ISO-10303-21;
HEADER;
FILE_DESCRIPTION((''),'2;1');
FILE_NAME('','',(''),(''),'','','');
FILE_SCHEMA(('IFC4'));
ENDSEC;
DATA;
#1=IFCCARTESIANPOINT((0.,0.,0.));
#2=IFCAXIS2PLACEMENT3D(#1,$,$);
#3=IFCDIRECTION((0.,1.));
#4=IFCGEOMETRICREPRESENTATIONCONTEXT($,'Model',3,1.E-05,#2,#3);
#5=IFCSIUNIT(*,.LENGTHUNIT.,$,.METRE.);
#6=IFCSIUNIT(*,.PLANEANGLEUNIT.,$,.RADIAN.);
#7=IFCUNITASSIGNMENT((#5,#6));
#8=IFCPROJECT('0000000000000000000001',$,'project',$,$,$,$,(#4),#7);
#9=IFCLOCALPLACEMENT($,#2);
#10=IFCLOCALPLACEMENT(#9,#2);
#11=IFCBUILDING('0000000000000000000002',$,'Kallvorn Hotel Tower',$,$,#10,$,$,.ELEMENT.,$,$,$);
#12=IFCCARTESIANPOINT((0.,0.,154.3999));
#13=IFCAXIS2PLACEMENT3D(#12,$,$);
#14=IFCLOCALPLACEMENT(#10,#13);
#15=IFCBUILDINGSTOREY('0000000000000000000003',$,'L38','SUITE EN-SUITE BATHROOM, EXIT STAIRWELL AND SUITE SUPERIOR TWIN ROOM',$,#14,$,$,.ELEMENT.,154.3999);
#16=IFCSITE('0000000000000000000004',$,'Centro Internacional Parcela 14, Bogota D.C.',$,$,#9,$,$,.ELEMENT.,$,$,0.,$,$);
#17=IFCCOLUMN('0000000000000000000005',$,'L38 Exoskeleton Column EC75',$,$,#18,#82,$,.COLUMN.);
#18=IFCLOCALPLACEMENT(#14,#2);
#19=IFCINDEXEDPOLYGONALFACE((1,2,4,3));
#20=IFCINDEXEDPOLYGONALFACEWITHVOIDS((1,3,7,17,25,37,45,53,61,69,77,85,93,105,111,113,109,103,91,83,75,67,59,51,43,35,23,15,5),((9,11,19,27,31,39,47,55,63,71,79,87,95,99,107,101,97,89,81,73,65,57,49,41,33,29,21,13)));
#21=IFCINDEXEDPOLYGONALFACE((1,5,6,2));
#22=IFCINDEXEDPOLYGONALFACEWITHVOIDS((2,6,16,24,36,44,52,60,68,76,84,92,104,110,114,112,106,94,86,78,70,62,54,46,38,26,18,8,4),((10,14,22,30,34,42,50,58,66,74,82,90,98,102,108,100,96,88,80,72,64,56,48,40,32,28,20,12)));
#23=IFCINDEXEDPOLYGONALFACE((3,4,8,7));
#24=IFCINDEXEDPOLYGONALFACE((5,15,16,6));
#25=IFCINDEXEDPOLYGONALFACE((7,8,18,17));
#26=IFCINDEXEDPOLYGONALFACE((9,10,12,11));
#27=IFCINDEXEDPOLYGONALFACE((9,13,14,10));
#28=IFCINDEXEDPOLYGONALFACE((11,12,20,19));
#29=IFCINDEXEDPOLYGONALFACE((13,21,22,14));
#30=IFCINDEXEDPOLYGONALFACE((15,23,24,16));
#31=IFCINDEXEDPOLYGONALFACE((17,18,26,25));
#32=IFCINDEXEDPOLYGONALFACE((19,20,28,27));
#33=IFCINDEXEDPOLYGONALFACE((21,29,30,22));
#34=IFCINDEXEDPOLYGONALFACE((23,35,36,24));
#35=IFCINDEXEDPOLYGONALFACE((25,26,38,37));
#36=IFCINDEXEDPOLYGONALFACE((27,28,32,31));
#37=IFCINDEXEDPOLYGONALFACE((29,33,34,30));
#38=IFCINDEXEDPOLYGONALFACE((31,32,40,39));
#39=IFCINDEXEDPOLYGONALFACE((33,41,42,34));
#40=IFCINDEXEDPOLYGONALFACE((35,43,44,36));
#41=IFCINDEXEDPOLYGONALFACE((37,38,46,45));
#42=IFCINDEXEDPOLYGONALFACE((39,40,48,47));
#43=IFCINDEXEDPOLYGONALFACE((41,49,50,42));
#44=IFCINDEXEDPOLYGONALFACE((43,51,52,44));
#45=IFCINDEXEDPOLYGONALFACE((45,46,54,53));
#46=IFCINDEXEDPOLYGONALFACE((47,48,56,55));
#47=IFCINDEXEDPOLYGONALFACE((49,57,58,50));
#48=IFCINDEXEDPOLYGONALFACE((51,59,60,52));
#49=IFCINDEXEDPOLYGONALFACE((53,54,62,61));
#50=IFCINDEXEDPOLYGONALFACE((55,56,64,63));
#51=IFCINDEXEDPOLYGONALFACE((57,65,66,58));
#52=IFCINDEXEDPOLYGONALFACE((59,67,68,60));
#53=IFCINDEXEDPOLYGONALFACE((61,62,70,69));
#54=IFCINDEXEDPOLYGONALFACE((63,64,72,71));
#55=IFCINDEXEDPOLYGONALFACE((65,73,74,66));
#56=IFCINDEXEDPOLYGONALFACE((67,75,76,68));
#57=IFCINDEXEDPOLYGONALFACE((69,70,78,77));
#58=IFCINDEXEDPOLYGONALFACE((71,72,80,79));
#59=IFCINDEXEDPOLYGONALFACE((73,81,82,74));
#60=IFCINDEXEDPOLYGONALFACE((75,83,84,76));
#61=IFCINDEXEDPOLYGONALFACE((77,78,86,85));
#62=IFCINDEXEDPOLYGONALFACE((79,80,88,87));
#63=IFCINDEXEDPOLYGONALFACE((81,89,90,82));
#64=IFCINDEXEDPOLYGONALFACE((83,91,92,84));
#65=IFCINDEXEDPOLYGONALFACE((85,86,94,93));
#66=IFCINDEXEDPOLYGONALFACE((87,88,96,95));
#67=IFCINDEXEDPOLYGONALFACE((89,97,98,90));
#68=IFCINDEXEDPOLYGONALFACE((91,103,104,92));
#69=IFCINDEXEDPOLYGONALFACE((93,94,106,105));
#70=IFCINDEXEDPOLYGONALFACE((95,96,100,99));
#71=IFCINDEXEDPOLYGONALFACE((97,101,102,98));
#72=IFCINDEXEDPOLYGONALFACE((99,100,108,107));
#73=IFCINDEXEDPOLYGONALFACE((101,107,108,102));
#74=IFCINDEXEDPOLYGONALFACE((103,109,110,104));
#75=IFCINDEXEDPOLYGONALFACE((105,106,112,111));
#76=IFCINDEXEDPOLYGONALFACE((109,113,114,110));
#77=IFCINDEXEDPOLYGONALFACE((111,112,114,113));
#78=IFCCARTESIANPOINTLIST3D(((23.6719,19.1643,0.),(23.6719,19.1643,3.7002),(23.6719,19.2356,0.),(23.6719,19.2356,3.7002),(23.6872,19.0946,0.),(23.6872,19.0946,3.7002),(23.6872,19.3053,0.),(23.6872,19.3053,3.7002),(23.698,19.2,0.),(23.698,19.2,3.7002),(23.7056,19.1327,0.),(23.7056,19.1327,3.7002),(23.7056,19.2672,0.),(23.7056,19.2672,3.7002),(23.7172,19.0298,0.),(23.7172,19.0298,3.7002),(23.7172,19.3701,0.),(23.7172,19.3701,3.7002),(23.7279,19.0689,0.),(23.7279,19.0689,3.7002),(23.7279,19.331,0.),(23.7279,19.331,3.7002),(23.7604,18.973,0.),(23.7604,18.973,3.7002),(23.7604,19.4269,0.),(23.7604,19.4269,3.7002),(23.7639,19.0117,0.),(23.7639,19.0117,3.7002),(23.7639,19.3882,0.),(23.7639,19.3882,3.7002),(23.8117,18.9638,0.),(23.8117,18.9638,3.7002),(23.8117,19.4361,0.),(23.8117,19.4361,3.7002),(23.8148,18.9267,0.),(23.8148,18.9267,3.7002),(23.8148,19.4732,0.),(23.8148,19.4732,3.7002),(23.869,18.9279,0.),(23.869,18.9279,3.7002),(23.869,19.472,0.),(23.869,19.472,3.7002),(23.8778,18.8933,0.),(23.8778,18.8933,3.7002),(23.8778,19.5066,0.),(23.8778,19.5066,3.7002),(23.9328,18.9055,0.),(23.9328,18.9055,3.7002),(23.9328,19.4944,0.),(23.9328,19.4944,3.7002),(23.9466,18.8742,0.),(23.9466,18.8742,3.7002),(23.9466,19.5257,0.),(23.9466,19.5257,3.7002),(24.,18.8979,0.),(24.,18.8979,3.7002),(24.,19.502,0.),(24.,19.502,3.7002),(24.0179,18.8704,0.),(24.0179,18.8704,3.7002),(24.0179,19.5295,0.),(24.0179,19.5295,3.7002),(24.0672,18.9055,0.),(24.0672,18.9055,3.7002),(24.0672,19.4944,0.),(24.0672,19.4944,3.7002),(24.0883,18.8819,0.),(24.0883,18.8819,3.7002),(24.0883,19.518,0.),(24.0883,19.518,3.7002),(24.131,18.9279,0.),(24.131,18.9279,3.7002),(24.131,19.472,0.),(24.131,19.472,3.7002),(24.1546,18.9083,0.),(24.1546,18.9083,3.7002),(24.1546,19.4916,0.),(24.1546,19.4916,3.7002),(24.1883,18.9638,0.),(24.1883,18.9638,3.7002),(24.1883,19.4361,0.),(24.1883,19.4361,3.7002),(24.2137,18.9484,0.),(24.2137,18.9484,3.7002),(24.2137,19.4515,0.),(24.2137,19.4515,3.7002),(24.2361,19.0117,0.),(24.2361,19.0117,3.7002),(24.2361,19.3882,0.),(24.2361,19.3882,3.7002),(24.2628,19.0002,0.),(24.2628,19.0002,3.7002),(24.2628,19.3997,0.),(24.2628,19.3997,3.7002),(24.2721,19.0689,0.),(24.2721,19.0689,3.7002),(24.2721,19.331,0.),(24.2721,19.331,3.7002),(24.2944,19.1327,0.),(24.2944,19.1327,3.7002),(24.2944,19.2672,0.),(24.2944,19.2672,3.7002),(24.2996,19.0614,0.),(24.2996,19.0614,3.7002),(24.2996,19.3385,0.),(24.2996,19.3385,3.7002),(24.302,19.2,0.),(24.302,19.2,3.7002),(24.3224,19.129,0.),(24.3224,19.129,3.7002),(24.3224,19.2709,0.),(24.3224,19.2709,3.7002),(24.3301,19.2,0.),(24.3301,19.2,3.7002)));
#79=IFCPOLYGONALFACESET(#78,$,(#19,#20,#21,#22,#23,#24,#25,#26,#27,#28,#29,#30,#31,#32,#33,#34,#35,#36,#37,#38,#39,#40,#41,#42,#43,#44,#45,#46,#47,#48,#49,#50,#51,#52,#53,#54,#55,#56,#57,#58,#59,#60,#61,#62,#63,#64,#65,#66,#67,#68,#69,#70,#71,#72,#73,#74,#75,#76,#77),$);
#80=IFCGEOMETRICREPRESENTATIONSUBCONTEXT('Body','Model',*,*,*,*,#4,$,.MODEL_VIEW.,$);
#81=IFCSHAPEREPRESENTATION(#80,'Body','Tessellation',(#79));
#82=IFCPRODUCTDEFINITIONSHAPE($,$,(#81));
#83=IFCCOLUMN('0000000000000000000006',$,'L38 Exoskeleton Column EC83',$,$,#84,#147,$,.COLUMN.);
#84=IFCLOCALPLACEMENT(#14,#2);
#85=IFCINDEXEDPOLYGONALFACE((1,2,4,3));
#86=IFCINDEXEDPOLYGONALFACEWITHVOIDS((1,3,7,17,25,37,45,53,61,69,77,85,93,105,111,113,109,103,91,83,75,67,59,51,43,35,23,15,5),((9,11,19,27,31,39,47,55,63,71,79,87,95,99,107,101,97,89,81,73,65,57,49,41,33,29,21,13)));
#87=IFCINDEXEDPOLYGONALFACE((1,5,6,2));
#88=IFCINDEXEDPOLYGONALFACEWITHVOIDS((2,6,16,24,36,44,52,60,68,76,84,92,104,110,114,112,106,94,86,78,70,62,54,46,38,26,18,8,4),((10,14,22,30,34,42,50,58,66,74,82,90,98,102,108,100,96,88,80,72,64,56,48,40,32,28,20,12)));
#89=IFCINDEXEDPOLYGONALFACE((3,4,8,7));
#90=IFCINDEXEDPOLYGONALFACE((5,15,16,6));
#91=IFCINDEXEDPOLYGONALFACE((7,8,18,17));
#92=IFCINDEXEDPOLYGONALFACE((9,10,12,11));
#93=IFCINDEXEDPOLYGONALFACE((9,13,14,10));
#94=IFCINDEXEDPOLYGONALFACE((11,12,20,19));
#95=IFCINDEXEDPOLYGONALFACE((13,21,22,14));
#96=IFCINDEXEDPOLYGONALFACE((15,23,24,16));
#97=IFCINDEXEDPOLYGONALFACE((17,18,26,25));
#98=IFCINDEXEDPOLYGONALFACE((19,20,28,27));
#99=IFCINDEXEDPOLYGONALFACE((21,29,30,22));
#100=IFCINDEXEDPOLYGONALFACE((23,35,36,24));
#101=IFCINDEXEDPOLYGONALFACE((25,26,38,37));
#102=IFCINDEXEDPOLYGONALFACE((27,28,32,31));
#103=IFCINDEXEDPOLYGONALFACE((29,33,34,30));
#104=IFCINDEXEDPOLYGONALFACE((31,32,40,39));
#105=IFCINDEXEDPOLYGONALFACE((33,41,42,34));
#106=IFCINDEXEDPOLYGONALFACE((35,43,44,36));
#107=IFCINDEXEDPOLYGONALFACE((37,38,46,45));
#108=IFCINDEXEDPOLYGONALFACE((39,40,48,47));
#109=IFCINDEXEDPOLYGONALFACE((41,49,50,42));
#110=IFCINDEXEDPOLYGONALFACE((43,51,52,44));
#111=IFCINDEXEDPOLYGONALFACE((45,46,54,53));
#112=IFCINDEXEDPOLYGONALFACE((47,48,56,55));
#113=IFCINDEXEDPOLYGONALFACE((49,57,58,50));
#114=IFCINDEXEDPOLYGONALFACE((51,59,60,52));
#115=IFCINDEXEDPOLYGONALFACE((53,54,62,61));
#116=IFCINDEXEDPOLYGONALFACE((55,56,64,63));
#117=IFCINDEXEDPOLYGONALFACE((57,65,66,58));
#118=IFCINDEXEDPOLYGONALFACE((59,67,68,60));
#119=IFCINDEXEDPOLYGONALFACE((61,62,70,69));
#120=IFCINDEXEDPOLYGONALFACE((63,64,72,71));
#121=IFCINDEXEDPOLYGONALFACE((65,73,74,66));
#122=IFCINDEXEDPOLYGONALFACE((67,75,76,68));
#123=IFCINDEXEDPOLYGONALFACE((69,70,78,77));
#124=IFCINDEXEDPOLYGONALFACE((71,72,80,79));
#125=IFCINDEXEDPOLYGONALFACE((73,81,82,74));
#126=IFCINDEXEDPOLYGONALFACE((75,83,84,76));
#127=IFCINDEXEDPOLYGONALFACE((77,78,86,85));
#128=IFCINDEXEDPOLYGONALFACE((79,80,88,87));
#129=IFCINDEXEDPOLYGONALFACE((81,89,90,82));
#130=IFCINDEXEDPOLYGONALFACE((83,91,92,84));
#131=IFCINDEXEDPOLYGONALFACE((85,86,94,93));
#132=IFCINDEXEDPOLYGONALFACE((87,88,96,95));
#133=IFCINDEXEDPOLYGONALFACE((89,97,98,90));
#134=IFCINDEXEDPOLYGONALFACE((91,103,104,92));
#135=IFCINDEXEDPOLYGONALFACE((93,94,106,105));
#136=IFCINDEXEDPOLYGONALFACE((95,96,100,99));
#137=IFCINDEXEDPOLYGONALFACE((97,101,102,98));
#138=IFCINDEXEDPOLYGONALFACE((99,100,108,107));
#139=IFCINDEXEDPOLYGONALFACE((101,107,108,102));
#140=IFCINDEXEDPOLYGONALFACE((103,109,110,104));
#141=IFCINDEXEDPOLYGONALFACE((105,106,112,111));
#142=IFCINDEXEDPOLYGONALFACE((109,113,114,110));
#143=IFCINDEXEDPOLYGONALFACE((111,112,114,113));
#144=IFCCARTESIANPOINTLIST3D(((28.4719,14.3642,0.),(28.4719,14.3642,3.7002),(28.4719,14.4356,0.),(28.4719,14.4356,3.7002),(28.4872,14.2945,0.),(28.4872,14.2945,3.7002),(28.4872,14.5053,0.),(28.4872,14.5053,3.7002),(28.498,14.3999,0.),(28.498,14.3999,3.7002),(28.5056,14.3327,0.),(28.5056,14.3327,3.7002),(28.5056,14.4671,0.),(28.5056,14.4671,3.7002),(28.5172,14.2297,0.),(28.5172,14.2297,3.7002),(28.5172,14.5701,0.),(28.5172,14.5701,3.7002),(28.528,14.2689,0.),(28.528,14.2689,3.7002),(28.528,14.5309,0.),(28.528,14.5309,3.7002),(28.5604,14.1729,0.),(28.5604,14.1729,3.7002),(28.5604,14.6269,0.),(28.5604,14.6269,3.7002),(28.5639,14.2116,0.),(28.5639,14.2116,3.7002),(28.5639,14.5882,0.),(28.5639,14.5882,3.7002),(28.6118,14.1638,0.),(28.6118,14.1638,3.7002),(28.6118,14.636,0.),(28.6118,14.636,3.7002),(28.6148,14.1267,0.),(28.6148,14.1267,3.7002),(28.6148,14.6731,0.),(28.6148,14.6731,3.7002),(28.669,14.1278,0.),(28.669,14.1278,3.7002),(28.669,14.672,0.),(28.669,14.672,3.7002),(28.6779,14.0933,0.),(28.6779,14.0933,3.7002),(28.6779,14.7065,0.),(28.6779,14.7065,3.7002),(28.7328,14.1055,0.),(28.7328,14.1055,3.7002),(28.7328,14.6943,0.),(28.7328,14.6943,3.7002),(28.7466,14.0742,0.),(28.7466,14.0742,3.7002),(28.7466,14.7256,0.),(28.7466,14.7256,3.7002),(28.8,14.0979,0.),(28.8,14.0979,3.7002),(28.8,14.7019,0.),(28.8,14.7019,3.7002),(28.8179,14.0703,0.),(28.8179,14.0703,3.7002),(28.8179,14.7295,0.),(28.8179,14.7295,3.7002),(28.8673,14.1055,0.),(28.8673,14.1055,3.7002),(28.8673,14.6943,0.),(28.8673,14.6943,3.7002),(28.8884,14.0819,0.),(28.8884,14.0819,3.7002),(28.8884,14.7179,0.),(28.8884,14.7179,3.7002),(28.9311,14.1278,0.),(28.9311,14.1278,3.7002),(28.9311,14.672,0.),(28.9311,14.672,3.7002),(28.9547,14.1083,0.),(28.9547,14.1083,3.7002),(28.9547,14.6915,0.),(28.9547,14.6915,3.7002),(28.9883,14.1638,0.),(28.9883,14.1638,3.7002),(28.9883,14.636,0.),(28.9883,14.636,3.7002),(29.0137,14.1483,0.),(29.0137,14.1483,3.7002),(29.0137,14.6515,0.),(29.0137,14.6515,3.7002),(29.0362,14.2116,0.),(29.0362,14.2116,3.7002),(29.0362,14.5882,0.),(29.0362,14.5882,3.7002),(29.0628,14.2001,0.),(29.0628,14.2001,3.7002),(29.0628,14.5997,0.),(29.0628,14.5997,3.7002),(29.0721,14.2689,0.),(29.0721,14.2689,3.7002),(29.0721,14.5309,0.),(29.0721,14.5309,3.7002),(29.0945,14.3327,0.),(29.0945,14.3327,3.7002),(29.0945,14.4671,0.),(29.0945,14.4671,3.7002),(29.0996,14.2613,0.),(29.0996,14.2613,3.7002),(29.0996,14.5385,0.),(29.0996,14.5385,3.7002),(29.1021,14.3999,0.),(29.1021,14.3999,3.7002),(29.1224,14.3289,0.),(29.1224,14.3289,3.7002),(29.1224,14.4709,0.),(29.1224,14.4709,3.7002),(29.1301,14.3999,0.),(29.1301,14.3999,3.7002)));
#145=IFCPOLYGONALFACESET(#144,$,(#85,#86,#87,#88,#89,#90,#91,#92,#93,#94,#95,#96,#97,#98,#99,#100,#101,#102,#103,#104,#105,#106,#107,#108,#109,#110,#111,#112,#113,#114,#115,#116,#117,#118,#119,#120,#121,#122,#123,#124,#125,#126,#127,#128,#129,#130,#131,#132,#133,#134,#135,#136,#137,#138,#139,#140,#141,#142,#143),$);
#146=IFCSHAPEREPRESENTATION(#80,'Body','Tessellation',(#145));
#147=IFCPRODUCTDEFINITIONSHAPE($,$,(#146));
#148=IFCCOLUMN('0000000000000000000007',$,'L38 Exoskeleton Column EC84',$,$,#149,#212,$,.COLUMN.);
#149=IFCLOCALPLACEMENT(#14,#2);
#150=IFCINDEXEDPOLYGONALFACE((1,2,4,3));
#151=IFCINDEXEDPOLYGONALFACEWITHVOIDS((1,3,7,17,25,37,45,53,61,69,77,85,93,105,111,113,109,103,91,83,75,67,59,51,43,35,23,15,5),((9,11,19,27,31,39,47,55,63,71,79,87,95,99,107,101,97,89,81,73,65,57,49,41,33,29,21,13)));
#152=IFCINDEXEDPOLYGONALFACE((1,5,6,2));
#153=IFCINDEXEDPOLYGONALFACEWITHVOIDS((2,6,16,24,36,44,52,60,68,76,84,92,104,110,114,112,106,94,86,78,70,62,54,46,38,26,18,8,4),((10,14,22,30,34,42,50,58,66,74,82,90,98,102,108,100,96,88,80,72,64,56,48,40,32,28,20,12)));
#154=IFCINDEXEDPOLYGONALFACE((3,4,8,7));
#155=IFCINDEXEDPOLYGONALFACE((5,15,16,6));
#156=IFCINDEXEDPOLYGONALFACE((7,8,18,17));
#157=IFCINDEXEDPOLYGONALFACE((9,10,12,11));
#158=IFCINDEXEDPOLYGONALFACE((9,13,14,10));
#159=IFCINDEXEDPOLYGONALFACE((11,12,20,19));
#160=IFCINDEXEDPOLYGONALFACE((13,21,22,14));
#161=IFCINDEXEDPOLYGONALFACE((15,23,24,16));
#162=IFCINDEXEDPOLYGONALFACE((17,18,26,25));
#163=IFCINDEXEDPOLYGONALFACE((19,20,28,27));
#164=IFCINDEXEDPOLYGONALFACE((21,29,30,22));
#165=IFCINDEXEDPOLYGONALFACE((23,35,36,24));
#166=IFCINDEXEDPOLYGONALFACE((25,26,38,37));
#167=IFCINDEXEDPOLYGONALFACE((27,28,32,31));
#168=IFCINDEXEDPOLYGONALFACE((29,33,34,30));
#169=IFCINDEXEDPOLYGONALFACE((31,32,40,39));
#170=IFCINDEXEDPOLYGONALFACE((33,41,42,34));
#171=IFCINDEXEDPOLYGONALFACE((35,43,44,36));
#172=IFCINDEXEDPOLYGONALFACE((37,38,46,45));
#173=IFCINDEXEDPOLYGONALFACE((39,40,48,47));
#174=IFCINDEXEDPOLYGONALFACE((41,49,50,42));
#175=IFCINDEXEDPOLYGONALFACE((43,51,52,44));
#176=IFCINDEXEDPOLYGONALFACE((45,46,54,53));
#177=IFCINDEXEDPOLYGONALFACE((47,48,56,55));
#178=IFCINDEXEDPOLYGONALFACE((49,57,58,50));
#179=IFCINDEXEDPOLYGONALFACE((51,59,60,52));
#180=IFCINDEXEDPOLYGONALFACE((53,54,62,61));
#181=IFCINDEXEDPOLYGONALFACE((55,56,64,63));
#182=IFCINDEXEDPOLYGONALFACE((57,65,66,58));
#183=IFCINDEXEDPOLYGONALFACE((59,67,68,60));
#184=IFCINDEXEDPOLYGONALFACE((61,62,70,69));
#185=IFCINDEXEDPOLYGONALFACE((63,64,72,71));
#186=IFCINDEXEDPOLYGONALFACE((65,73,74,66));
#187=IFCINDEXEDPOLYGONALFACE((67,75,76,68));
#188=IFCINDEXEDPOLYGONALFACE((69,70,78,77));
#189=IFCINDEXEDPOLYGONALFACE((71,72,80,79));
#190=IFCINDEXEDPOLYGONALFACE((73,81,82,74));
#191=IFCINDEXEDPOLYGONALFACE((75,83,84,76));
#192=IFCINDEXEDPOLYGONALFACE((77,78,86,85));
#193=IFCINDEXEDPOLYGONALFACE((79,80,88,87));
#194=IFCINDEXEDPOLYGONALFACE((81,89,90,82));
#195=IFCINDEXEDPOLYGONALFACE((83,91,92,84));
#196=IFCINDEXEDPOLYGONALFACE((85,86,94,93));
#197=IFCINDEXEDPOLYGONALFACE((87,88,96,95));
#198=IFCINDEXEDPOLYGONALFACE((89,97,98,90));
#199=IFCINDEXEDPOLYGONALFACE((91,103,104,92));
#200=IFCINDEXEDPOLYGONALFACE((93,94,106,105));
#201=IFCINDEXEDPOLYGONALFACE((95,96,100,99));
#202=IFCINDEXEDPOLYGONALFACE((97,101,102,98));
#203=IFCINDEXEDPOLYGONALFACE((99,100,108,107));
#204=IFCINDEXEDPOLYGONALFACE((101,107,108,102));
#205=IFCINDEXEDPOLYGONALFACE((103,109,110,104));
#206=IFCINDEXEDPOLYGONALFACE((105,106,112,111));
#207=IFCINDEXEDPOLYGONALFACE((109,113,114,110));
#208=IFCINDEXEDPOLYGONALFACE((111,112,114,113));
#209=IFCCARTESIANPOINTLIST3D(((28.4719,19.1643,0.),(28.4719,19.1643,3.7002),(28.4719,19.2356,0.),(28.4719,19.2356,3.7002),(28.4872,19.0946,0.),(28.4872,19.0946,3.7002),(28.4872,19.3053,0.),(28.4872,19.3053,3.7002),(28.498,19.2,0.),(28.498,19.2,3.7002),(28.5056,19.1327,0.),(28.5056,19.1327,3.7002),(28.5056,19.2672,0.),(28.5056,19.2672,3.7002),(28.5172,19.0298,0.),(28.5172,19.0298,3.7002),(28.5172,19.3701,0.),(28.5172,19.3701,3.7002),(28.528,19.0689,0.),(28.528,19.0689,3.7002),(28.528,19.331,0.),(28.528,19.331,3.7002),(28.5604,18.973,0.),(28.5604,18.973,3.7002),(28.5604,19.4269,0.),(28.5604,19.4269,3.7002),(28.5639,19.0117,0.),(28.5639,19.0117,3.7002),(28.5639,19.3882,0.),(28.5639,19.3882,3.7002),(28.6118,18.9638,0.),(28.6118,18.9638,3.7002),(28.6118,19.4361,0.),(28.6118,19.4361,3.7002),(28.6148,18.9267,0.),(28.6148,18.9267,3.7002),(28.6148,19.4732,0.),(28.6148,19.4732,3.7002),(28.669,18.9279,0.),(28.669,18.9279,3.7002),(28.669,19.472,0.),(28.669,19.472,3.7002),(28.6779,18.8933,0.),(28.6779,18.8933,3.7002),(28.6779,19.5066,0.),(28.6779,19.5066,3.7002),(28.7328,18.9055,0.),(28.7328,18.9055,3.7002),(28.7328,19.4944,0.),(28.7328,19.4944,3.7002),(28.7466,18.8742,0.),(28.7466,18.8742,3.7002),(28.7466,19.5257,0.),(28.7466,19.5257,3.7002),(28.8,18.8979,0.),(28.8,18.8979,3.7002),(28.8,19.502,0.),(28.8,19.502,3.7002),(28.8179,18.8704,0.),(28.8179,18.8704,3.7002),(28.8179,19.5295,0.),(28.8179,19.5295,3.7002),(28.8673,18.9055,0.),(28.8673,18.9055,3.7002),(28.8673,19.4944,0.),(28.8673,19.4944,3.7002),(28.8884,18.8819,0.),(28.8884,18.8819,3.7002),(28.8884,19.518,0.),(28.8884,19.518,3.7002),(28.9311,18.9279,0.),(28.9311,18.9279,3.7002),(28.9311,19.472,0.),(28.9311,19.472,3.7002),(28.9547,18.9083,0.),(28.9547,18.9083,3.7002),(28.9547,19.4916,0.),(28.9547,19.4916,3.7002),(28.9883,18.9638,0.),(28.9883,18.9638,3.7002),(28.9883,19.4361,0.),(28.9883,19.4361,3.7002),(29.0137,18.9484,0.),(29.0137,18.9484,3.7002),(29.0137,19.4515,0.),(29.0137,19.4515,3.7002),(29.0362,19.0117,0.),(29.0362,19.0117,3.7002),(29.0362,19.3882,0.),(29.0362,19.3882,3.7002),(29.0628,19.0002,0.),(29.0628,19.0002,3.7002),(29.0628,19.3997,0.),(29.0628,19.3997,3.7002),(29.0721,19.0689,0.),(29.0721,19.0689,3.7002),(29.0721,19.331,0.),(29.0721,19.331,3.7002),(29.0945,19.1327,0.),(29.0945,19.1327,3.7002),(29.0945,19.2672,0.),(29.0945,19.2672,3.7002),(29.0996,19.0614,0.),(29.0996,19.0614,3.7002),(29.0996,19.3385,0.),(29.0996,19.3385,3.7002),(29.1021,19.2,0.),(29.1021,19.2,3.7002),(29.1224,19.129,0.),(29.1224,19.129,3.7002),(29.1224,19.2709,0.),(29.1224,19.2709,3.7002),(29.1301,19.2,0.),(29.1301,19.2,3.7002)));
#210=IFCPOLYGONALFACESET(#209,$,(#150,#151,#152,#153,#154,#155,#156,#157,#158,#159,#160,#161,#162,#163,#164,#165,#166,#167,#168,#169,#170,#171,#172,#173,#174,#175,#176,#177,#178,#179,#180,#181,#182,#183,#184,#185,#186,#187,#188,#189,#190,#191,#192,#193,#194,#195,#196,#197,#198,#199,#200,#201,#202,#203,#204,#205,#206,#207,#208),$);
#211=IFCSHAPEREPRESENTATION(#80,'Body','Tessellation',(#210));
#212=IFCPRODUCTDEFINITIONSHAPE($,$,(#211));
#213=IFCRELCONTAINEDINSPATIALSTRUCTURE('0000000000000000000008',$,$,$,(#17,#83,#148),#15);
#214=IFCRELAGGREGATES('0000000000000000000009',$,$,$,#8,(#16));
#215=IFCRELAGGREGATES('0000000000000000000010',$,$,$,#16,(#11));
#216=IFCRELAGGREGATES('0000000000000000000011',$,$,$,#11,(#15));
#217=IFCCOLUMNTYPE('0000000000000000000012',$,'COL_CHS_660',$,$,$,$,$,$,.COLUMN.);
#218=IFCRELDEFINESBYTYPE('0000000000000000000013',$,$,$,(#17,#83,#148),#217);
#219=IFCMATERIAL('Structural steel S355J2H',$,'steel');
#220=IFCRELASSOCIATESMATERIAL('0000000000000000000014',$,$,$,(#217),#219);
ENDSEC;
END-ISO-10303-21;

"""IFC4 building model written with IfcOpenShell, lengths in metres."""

from ifc_helpers import new_model, si_unit, direction, frame, origin, origin_2d, place, context, subcontext, project, spatial, hollow_circle, extrude, material, material_profile, profile_set, type_object, element, save


model = new_model("IFC4")

# Units and contexts
model_context = context("Model", 3, precision=1e-05, world=origin(), true_north=direction((0.0, 1.0)))
body_context = subcontext(model_context, "Body", "Model", "MODEL_VIEW")
ifc_project = project(units=[si_unit("LENGTHUNIT", "METRE"), si_unit("PLANEANGLEUNIT", "RADIAN")], contexts=[model_context])

# Site, building, storey
site_placement = place(None, origin())
site = spatial("IfcSite", under=ifc_project, at=site_placement, Name="Centro Internacional Parcela 14, Bogota D.C.", CompositionType="ELEMENT", RefElevation=0.0)
building_placement = place(site_placement, origin())
building = spatial("IfcBuilding", under=site, at=building_placement, Name="Kallvorn Hotel Tower", CompositionType="ELEMENT")
storey_placement = place(building_placement, frame((0.0, 0.0, 154.3999)))
storey = spatial("IfcBuildingStorey", under=building, at=storey_placement, Name="L38", Description="SUITE EN-SUITE BATHROOM, EXIT STAIRWELL AND SUITE SUPERIOR TWIN ROOM", CompositionType="ELEMENT", Elevation=154.3999)

# Columns
ifc_material_1 = material(Name="Structural steel S355J2H", Category="steel")
ifc_material_profile_1 = material_profile(ifc_material_1, hollow_circle(Radius=0.3301, WallThickness=0.0281, at=origin_2d()), Name="CHS 660x28")
ifc_profile_set_1 = profile_set([ifc_material_profile_1], Name="Structural steel S355J2H")
column_type_1 = type_object("IfcColumnType", Name="COL_CHS_660", PredefinedType="COLUMN", material=ifc_profile_set_1)
for number, where, z_axis, x_axis, name in (
    (1, (24.0, 19.2, 0.0), (0.0, 0.0, 1.0), (1.0, 0.0, 0.0), "L38 Exoskeleton Column EC75"),
    (2, (28.8, 14.3999, 0.0), (0.0, 0.0, 1.0), (1.0, 0.0, 0.0), "L38 Exoskeleton Column EC83"),
    (3, (28.8, 19.2, 0.0), (0.0, 0.0, 1.0), (1.0, 0.0, 0.0), "L38 Exoskeleton Column EC84"),
):
    element("IfcColumn", number, at=place(storey_placement, frame(where, z_axis=z_axis, x_axis=x_axis)), inside=storey, type_object=column_type_1, Name=name, PredefinedType="COLUMN", context=body_context, shape_type="SweptSolid", body=[
        extrude(hollow_circle(Radius=0.3301, WallThickness=0.0281, at=origin_2d()), origin(), (0.0, 0.0, 1.0), 3.7002),
    ])

save(model, "model.ifc")
